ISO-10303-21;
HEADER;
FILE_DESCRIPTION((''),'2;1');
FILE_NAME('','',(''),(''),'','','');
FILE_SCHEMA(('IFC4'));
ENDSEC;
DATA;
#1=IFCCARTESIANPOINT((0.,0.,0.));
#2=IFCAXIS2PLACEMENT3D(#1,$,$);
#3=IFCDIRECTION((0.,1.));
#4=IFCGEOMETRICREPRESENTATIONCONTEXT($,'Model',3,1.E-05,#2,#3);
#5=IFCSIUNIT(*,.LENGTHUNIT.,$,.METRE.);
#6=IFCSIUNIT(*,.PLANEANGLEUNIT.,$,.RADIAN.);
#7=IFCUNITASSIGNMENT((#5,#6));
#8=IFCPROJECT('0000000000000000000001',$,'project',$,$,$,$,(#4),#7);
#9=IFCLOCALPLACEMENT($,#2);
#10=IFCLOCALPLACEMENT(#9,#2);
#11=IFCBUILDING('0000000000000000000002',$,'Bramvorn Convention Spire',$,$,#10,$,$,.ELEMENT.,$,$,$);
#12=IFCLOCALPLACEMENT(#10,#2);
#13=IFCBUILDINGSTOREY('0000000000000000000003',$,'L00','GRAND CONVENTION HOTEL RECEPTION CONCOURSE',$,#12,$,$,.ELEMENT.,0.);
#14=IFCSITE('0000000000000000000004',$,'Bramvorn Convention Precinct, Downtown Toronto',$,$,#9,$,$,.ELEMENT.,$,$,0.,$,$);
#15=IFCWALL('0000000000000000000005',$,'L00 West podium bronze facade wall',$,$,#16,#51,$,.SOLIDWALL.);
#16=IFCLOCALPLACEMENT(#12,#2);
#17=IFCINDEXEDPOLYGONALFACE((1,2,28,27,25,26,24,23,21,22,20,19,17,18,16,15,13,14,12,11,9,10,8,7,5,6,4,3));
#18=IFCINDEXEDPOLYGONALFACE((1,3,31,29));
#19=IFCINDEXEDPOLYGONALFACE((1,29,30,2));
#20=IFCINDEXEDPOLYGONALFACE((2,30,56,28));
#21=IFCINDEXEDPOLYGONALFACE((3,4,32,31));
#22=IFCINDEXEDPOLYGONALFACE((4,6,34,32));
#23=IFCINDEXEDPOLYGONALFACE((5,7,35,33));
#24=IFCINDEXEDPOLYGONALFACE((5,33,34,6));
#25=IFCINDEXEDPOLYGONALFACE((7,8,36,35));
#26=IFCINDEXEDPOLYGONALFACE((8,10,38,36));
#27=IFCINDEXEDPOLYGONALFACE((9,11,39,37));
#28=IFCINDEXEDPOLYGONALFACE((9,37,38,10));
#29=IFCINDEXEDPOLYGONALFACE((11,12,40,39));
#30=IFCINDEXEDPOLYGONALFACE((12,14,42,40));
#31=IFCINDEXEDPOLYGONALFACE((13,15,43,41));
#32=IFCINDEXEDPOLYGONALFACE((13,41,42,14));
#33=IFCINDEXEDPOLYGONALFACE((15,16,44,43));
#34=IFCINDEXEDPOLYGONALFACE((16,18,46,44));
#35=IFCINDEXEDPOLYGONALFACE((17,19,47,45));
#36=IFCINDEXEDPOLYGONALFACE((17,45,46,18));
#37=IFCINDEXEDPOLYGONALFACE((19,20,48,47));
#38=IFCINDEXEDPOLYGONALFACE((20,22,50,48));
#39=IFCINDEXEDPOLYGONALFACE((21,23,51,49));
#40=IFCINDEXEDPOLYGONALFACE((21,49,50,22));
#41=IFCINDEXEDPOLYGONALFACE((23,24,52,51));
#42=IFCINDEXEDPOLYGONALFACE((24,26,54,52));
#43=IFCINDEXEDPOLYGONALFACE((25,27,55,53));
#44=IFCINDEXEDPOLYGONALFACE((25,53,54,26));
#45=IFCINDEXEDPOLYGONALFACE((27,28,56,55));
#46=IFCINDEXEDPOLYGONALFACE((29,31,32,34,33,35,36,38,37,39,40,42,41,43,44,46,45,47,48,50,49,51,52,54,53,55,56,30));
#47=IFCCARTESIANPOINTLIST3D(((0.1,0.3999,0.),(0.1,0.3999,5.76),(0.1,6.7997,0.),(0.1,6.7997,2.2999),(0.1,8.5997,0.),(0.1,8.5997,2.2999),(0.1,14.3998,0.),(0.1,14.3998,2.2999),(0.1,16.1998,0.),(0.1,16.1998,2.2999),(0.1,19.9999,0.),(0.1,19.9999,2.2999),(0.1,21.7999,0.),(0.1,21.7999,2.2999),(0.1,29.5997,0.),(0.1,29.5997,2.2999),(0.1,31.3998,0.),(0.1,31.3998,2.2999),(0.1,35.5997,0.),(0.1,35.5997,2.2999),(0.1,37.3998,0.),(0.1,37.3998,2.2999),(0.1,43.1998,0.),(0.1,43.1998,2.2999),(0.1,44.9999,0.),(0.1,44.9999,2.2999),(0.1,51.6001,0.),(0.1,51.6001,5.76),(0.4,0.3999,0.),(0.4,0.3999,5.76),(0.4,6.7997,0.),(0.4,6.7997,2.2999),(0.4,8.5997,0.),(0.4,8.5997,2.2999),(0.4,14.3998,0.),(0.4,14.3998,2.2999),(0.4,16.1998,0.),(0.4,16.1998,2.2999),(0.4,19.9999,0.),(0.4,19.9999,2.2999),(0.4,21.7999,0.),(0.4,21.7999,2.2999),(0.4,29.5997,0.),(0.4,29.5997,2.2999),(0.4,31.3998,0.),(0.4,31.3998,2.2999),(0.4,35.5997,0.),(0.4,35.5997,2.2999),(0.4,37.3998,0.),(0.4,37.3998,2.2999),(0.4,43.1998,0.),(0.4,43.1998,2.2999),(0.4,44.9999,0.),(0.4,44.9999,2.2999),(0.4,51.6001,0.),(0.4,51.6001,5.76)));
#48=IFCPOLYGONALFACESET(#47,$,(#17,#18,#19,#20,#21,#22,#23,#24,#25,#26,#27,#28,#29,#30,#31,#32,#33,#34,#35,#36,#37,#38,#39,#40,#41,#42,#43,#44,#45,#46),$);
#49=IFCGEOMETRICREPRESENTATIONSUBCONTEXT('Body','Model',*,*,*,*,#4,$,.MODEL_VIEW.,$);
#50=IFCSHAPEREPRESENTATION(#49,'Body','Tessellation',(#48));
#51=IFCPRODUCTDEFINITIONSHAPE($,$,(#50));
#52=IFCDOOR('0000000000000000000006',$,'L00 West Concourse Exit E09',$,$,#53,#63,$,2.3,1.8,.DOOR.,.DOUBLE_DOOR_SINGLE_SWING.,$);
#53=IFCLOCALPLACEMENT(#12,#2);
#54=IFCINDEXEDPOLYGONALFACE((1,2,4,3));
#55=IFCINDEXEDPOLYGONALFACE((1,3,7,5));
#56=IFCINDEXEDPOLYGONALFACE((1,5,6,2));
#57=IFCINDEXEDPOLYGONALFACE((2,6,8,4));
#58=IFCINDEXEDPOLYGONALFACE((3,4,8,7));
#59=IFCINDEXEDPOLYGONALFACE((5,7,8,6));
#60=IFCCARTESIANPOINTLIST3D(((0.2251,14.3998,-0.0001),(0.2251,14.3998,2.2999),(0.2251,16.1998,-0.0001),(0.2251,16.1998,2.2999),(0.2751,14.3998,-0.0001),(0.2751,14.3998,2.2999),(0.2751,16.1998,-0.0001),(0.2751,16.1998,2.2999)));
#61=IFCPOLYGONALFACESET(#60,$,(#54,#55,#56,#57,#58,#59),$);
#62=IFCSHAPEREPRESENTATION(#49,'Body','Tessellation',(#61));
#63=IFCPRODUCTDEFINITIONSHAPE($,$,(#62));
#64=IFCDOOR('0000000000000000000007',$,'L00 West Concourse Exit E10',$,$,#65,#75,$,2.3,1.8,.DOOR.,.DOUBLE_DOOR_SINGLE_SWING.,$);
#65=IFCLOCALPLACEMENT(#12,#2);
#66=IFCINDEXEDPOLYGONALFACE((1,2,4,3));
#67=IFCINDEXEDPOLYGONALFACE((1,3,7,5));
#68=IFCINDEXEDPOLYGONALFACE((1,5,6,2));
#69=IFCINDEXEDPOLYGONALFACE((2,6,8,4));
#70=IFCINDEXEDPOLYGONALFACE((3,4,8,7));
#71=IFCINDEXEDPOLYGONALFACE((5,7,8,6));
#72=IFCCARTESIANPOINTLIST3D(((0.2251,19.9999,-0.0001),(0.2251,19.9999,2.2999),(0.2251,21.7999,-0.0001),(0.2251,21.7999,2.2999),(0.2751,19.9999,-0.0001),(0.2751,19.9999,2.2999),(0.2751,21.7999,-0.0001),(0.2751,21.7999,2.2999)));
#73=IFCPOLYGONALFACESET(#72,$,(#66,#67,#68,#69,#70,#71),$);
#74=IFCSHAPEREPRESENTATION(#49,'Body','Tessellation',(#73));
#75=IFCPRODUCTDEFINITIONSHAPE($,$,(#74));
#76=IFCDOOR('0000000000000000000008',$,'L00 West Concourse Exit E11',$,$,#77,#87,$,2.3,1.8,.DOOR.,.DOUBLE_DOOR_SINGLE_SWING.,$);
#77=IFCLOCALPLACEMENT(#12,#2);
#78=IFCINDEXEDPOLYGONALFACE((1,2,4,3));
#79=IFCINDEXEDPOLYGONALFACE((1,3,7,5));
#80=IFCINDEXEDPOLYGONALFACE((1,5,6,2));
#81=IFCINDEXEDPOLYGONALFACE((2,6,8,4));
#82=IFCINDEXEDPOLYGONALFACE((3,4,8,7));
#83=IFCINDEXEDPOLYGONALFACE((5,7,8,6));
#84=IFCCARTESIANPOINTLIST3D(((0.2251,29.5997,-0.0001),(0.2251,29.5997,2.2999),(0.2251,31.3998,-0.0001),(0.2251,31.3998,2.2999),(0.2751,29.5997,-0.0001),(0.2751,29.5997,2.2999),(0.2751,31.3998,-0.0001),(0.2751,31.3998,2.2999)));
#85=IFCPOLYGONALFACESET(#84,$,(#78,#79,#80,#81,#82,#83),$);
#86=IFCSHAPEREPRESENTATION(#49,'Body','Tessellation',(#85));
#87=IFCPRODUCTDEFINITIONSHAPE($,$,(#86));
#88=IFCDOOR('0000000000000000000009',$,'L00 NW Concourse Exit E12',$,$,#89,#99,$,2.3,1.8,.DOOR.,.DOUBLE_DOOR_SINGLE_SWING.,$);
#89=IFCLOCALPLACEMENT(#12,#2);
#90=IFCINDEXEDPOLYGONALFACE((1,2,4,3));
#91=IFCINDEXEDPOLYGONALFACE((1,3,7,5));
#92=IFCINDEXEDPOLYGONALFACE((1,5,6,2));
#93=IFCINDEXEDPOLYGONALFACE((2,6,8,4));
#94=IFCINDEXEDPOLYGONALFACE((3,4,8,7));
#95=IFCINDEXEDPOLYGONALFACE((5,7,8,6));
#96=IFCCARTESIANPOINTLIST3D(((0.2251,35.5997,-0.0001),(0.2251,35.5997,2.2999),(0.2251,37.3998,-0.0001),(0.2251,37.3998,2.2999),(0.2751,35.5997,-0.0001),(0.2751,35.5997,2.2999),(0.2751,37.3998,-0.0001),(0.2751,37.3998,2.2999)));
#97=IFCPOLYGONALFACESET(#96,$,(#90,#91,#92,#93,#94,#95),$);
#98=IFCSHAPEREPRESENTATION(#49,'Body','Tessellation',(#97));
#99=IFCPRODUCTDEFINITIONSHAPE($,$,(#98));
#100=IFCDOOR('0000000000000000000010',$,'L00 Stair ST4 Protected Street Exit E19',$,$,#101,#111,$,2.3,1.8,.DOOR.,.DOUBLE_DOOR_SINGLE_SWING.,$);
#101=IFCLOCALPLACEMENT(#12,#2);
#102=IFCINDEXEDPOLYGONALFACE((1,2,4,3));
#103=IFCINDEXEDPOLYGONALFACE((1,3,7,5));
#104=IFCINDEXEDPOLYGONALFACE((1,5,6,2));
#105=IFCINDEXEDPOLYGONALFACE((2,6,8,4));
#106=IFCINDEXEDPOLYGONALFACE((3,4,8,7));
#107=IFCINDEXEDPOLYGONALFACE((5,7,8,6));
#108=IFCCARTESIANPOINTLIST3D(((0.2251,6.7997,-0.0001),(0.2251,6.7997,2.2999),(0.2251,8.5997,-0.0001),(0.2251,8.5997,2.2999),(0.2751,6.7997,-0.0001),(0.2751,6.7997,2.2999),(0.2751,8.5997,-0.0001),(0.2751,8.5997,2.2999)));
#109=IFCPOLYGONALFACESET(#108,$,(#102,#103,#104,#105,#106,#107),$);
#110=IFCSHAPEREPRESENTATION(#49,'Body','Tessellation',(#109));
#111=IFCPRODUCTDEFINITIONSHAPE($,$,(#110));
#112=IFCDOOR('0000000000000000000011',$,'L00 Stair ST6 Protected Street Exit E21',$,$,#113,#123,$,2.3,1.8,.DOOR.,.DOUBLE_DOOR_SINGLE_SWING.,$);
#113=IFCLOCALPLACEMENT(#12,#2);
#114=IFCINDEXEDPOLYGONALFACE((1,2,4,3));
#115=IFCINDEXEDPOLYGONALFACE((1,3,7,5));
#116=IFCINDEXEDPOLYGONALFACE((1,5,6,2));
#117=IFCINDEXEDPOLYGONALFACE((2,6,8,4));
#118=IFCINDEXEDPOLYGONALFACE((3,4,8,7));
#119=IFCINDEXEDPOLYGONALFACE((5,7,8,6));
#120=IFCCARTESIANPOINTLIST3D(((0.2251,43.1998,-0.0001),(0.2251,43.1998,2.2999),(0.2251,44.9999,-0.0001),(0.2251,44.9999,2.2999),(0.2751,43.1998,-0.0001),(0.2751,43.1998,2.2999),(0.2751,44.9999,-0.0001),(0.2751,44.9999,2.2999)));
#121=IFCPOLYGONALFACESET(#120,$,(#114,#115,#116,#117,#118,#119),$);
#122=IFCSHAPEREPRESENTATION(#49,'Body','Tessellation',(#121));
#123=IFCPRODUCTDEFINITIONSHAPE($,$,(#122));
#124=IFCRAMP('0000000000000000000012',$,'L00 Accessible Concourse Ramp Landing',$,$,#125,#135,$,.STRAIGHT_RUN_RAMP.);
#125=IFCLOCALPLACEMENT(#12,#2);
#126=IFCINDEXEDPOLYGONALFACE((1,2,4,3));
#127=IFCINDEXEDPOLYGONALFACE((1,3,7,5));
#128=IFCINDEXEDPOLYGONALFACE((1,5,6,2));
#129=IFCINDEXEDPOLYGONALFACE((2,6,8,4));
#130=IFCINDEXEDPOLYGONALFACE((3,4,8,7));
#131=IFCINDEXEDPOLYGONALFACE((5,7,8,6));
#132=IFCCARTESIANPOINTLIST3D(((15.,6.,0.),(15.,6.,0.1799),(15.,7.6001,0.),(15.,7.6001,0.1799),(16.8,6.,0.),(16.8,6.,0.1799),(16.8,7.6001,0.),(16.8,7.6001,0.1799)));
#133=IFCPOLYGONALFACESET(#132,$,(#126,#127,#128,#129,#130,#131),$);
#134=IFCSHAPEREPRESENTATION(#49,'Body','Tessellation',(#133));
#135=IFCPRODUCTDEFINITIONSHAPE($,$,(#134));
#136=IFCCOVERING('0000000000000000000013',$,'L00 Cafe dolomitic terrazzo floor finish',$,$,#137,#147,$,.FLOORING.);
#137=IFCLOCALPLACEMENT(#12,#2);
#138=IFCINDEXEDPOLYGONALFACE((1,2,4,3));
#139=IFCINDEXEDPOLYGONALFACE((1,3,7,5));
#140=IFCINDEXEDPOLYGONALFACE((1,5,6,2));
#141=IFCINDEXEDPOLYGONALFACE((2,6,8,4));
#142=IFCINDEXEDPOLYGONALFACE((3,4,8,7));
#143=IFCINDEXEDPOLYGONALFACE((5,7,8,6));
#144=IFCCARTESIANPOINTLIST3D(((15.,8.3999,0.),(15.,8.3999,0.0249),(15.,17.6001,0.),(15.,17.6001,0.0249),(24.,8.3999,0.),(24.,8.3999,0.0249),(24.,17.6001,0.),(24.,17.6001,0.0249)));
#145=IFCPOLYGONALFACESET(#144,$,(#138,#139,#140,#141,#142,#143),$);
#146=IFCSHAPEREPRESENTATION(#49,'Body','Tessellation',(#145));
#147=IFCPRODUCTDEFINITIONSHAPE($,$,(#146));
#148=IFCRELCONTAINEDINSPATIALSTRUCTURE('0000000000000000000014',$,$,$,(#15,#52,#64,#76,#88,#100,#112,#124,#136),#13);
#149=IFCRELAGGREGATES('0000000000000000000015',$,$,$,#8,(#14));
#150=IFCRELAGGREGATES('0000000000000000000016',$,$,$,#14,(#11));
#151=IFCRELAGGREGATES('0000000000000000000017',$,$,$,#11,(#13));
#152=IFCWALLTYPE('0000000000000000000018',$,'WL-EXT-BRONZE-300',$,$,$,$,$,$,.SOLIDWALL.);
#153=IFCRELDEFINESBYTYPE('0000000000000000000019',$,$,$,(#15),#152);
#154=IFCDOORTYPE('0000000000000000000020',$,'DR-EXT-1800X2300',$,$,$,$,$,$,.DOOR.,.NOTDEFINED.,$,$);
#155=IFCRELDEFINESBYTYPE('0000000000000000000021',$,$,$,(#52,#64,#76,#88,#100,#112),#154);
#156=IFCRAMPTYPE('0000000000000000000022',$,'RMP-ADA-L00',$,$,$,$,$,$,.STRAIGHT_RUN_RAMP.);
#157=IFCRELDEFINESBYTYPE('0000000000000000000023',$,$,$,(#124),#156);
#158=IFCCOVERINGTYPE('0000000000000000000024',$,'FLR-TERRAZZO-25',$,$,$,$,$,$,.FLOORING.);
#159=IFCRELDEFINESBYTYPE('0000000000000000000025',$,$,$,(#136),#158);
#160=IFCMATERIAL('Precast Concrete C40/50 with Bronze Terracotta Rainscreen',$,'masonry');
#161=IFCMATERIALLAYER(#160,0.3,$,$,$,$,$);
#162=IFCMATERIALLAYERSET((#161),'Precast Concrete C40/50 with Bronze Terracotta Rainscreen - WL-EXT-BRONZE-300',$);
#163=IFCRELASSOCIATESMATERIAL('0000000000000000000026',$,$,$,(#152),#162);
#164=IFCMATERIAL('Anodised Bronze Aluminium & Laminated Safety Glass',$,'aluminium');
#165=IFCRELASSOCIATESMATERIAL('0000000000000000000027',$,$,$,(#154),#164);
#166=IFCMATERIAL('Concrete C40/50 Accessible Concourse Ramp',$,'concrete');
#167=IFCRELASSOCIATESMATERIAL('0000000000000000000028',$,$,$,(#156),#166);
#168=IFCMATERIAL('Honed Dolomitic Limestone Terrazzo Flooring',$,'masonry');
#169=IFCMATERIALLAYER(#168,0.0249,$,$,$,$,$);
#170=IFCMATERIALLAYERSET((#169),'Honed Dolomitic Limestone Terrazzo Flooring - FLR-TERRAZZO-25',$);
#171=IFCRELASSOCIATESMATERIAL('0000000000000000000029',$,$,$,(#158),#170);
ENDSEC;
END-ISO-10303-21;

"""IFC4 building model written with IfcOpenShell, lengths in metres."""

from ifc_helpers import new_model, si_unit, direction, frame, frame_2d, origin, place, context, subcontext, project, spatial, polyline, rectangle, outline, extrude, material, layer, layer_set, type_object, element, fill, save


model = new_model("IFC4")

# Units and contexts
model_context = context("Model", 3, precision=1e-05, world=origin(), true_north=direction((0.0, 1.0)))
body_context = subcontext(model_context, "Body", "Model", "MODEL_VIEW")
ifc_project = project(units=[si_unit("LENGTHUNIT", "METRE"), si_unit("PLANEANGLEUNIT", "RADIAN")], contexts=[model_context])

# Site, building, storey
site_placement = place(None, origin())
site = spatial("IfcSite", under=ifc_project, at=site_placement, Name="Bramvorn Convention Precinct, Downtown Toronto", CompositionType="ELEMENT", RefElevation=0.0)
building_placement = place(site_placement, origin())
building = spatial("IfcBuilding", under=site, at=building_placement, Name="Bramvorn Convention Spire", CompositionType="ELEMENT")
storey_placement = place(building_placement, origin())
storey = spatial("IfcBuildingStorey", under=building, at=storey_placement, Name="L00", Description="GRAND CONVENTION HOTEL RECEPTION CONCOURSE", CompositionType="ELEMENT", Elevation=0.0)

# Wall, openings, doors
ifc_material_1 = material(Name="Precast Concrete C40/50 with Bronze Terracotta Rainscreen", Category="masonry")
ifc_layer_1 = layer(ifc_material_1, 0.3)
ifc_layer_set_1 = layer_set([ifc_layer_1], Name="Precast Concrete C40/50 with Bronze Terracotta Rainscreen - WL-EXT-BRONZE-300")
wall_type = type_object("IfcWallType", Name="WL-EXT-BRONZE-300", PredefinedType="SOLIDWALL", material=ifc_layer_set_1)
wall_placement = place(storey_placement, frame((0.25, 0.3999, 0.0), z_axis=(0.0, 0.0, 1.0), x_axis=(0.0, 1.0, 0.0)))
wall = element("IfcWall", 1, at=wall_placement, inside=storey, type_object=wall_type, Name="L00 West podium bronze facade wall", PredefinedType="SOLIDWALL", context=body_context, shape_type="SweptSolid", body=[
    extrude(rectangle(XDim=51.2002, YDim=0.3, at=frame_2d((25.6001, 0.0))), origin(), (0.0, 0.0, 1.0), 5.76),
])
opening_1_placement = place(wall_placement, frame((14.0, 0.0, 0.0)))
opening_1 = element("IfcOpeningElement", 2, at=opening_1_placement, cuts=wall, PredefinedType="OPENING", context=body_context, shape_type="SweptSolid", body=[
    extrude(rectangle(XDim=1.8, YDim=2.3, at=frame_2d((0.8999, 1.1499))), frame((0.0, 0.1599, 0.0), z_axis=(0.0, -1.0, 0.0), x_axis=(1.0, 0.0, 0.0)), (0.0, 0.0, 1.0), 0.3201),
])
opening_2_placement = place(wall_placement, frame((19.6001, 0.0, 0.0)))
opening_2 = element("IfcOpeningElement", 3, at=opening_2_placement, cuts=wall, PredefinedType="OPENING", context=body_context, shape_type="SweptSolid", body=[
    extrude(rectangle(XDim=1.8, YDim=2.3, at=frame_2d((0.8999, 1.1499))), frame((0.0, 0.1599, 0.0), z_axis=(0.0, -1.0, 0.0), x_axis=(1.0, 0.0, 0.0)), (0.0, 0.0, 1.0), 0.3201),
])
opening_3_placement = place(wall_placement, frame((29.2, 0.0, 0.0)))
opening_3 = element("IfcOpeningElement", 4, at=opening_3_placement, cuts=wall, PredefinedType="OPENING", context=body_context, shape_type="SweptSolid", body=[
    extrude(rectangle(XDim=1.8, YDim=2.3, at=frame_2d((0.8999, 1.1499))), frame((0.0, 0.1599, 0.0), z_axis=(0.0, -1.0, 0.0), x_axis=(1.0, 0.0, 0.0)), (0.0, 0.0, 1.0), 0.3201),
])
opening_4_placement = place(wall_placement, frame((35.2, 0.0, 0.0)))
opening_4 = element("IfcOpeningElement", 5, at=opening_4_placement, cuts=wall, PredefinedType="OPENING", context=body_context, shape_type="SweptSolid", body=[
    extrude(rectangle(XDim=1.8, YDim=2.3, at=frame_2d((0.8999, 1.1499))), frame((0.0, 0.1599, 0.0), z_axis=(0.0, -1.0, 0.0), x_axis=(1.0, 0.0, 0.0)), (0.0, 0.0, 1.0), 0.3201),
])
opening_5_placement = place(wall_placement, frame((6.3999, 0.0, 0.0)))
opening_5 = element("IfcOpeningElement", 6, at=opening_5_placement, cuts=wall, PredefinedType="OPENING", context=body_context, shape_type="SweptSolid", body=[
    extrude(rectangle(XDim=1.8, YDim=2.3, at=frame_2d((0.8999, 1.1499))), frame((0.0, 0.1599, 0.0), z_axis=(0.0, -1.0, 0.0), x_axis=(1.0, 0.0, 0.0)), (0.0, 0.0, 1.0), 0.3201),
])
opening_6_placement = place(wall_placement, frame((42.8, 0.0, 0.0)))
opening_6 = element("IfcOpeningElement", 7, at=opening_6_placement, cuts=wall, PredefinedType="OPENING", context=body_context, shape_type="SweptSolid", body=[
    extrude(rectangle(XDim=1.8, YDim=2.3, at=frame_2d((0.8999, 1.1499))), frame((0.0, 0.1599, 0.0), z_axis=(0.0, -1.0, 0.0), x_axis=(1.0, 0.0, 0.0)), (0.0, 0.0, 1.0), 0.3201),
])
ifc_material_2 = material(Name="Anodised Bronze Aluminium & Laminated Safety Glass", Category="aluminium")
door_type = type_object("IfcDoorType", Name="DR-EXT-1800X2300", OperationType="NOTDEFINED", PredefinedType="DOOR", material=ifc_material_2)
door_1_placement = place(opening_1_placement, origin())
door_1 = element("IfcDoor", 8, at=door_1_placement, inside=storey, type_object=door_type, Name="L00 West Concourse Exit E09", OperationType="DOUBLE_DOOR_SINGLE_SWING", OverallHeight=2.3, OverallWidth=1.8, PredefinedType="DOOR", context=body_context, shape_type="SweptSolid", body=[
    extrude(rectangle(XDim=1.8, YDim=2.3, at=frame_2d((0.8999, 1.1499))), frame((0.0, 0.0249, 0.0), z_axis=(0.0, -1.0, 0.0), x_axis=(1.0, 0.0, 0.0)), (0.0, 0.0, 1.0), 0.05),
])
fill(opening_1, door_1)
door_2_placement = place(opening_2_placement, origin())
door_2 = element("IfcDoor", 9, at=door_2_placement, inside=storey, type_object=door_type, Name="L00 West Concourse Exit E10", OperationType="DOUBLE_DOOR_SINGLE_SWING", OverallHeight=2.3, OverallWidth=1.8, PredefinedType="DOOR", context=body_context, shape_type="SweptSolid", body=[
    extrude(rectangle(XDim=1.8, YDim=2.3, at=frame_2d((0.8999, 1.1499))), frame((0.0, 0.0249, 0.0), z_axis=(0.0, -1.0, 0.0), x_axis=(1.0, 0.0, 0.0)), (0.0, 0.0, 1.0), 0.05),
])
fill(opening_2, door_2)
door_3_placement = place(opening_3_placement, origin())
door_3 = element("IfcDoor", 10, at=door_3_placement, inside=storey, type_object=door_type, Name="L00 West Concourse Exit E11", OperationType="DOUBLE_DOOR_SINGLE_SWING", OverallHeight=2.3, OverallWidth=1.8, PredefinedType="DOOR", context=body_context, shape_type="SweptSolid", body=[
    extrude(rectangle(XDim=1.8, YDim=2.3, at=frame_2d((0.8999, 1.1499))), frame((0.0, 0.0249, 0.0), z_axis=(0.0, -1.0, 0.0), x_axis=(1.0, 0.0, 0.0)), (0.0, 0.0, 1.0), 0.05),
])
fill(opening_3, door_3)
door_4_placement = place(opening_4_placement, origin())
door_4 = element("IfcDoor", 11, at=door_4_placement, inside=storey, type_object=door_type, Name="L00 NW Concourse Exit E12", OperationType="DOUBLE_DOOR_SINGLE_SWING", OverallHeight=2.3, OverallWidth=1.8, PredefinedType="DOOR", context=body_context, shape_type="SweptSolid", body=[
    extrude(rectangle(XDim=1.8, YDim=2.3, at=frame_2d((0.8999, 1.1499))), frame((0.0, 0.0249, 0.0), z_axis=(0.0, -1.0, 0.0), x_axis=(1.0, 0.0, 0.0)), (0.0, 0.0, 1.0), 0.05),
])
fill(opening_4, door_4)
door_5_placement = place(opening_5_placement, origin())
door_5 = element("IfcDoor", 12, at=door_5_placement, inside=storey, type_object=door_type, Name="L00 Stair ST4 Protected Street Exit E19", OperationType="DOUBLE_DOOR_SINGLE_SWING", OverallHeight=2.3, OverallWidth=1.8, PredefinedType="DOOR", context=body_context, shape_type="SweptSolid", body=[
    extrude(rectangle(XDim=1.8, YDim=2.3, at=frame_2d((0.8999, 1.1499))), frame((0.0, 0.0249, 0.0), z_axis=(0.0, -1.0, 0.0), x_axis=(1.0, 0.0, 0.0)), (0.0, 0.0, 1.0), 0.05),
])
fill(opening_5, door_5)
door_6_placement = place(opening_6_placement, origin())
door_6 = element("IfcDoor", 13, at=door_6_placement, inside=storey, type_object=door_type, Name="L00 Stair ST6 Protected Street Exit E21", OperationType="DOUBLE_DOOR_SINGLE_SWING", OverallHeight=2.3, OverallWidth=1.8, PredefinedType="DOOR", context=body_context, shape_type="SweptSolid", body=[
    extrude(rectangle(XDim=1.8, YDim=2.3, at=frame_2d((0.8999, 1.1499))), frame((0.0, 0.0249, 0.0), z_axis=(0.0, -1.0, 0.0), x_axis=(1.0, 0.0, 0.0)), (0.0, 0.0, 1.0), 0.05),
])
fill(opening_6, door_6)

# Ramp
ifc_material_3 = material(Name="Concrete C40/50 Accessible Concourse Ramp", Category="concrete")
ramp_type = type_object("IfcRampType", Name="RMP-ADA-L00", PredefinedType="STRAIGHT_RUN_RAMP", material=ifc_material_3)
ramp_placement = place(storey_placement, origin())
element("IfcRamp", 14, at=ramp_placement, inside=storey, type_object=ramp_type, Name="L00 Accessible Concourse Ramp Landing", PredefinedType="STRAIGHT_RUN_RAMP", context=body_context, shape_type="SweptSolid", body=[
    extrude(outline(polyline([(15.0, 6.0), (16.8, 6.0), (16.8, 7.6001), (15.0, 7.6001), (15.0, 6.0)])), origin(), (0.0, 0.0, 1.0), 0.1799),
])

# Covering
ifc_material_4 = material(Name="Honed Dolomitic Limestone Terrazzo Flooring", Category="masonry")
ifc_layer_2 = layer(ifc_material_4, 0.0249)
ifc_layer_set_2 = layer_set([ifc_layer_2], Name="Honed Dolomitic Limestone Terrazzo Flooring - FLR-TERRAZZO-25")
covering_type = type_object("IfcCoveringType", Name="FLR-TERRAZZO-25", PredefinedType="FLOORING", material=ifc_layer_set_2)
covering_placement = place(storey_placement, origin())
element("IfcCovering", 15, at=covering_placement, inside=storey, type_object=covering_type, Name="L00 Cafe dolomitic terrazzo floor finish", PredefinedType="FLOORING", context=body_context, shape_type="SweptSolid", body=[
    extrude(outline(polyline([(15.0, 8.3999), (24.0, 8.3999), (24.0, 17.6001), (15.0, 17.6001), (15.0, 8.3999)])), origin(), (0.0, 0.0, 1.0), 0.0249),
])

save(model, "model.ifc")
